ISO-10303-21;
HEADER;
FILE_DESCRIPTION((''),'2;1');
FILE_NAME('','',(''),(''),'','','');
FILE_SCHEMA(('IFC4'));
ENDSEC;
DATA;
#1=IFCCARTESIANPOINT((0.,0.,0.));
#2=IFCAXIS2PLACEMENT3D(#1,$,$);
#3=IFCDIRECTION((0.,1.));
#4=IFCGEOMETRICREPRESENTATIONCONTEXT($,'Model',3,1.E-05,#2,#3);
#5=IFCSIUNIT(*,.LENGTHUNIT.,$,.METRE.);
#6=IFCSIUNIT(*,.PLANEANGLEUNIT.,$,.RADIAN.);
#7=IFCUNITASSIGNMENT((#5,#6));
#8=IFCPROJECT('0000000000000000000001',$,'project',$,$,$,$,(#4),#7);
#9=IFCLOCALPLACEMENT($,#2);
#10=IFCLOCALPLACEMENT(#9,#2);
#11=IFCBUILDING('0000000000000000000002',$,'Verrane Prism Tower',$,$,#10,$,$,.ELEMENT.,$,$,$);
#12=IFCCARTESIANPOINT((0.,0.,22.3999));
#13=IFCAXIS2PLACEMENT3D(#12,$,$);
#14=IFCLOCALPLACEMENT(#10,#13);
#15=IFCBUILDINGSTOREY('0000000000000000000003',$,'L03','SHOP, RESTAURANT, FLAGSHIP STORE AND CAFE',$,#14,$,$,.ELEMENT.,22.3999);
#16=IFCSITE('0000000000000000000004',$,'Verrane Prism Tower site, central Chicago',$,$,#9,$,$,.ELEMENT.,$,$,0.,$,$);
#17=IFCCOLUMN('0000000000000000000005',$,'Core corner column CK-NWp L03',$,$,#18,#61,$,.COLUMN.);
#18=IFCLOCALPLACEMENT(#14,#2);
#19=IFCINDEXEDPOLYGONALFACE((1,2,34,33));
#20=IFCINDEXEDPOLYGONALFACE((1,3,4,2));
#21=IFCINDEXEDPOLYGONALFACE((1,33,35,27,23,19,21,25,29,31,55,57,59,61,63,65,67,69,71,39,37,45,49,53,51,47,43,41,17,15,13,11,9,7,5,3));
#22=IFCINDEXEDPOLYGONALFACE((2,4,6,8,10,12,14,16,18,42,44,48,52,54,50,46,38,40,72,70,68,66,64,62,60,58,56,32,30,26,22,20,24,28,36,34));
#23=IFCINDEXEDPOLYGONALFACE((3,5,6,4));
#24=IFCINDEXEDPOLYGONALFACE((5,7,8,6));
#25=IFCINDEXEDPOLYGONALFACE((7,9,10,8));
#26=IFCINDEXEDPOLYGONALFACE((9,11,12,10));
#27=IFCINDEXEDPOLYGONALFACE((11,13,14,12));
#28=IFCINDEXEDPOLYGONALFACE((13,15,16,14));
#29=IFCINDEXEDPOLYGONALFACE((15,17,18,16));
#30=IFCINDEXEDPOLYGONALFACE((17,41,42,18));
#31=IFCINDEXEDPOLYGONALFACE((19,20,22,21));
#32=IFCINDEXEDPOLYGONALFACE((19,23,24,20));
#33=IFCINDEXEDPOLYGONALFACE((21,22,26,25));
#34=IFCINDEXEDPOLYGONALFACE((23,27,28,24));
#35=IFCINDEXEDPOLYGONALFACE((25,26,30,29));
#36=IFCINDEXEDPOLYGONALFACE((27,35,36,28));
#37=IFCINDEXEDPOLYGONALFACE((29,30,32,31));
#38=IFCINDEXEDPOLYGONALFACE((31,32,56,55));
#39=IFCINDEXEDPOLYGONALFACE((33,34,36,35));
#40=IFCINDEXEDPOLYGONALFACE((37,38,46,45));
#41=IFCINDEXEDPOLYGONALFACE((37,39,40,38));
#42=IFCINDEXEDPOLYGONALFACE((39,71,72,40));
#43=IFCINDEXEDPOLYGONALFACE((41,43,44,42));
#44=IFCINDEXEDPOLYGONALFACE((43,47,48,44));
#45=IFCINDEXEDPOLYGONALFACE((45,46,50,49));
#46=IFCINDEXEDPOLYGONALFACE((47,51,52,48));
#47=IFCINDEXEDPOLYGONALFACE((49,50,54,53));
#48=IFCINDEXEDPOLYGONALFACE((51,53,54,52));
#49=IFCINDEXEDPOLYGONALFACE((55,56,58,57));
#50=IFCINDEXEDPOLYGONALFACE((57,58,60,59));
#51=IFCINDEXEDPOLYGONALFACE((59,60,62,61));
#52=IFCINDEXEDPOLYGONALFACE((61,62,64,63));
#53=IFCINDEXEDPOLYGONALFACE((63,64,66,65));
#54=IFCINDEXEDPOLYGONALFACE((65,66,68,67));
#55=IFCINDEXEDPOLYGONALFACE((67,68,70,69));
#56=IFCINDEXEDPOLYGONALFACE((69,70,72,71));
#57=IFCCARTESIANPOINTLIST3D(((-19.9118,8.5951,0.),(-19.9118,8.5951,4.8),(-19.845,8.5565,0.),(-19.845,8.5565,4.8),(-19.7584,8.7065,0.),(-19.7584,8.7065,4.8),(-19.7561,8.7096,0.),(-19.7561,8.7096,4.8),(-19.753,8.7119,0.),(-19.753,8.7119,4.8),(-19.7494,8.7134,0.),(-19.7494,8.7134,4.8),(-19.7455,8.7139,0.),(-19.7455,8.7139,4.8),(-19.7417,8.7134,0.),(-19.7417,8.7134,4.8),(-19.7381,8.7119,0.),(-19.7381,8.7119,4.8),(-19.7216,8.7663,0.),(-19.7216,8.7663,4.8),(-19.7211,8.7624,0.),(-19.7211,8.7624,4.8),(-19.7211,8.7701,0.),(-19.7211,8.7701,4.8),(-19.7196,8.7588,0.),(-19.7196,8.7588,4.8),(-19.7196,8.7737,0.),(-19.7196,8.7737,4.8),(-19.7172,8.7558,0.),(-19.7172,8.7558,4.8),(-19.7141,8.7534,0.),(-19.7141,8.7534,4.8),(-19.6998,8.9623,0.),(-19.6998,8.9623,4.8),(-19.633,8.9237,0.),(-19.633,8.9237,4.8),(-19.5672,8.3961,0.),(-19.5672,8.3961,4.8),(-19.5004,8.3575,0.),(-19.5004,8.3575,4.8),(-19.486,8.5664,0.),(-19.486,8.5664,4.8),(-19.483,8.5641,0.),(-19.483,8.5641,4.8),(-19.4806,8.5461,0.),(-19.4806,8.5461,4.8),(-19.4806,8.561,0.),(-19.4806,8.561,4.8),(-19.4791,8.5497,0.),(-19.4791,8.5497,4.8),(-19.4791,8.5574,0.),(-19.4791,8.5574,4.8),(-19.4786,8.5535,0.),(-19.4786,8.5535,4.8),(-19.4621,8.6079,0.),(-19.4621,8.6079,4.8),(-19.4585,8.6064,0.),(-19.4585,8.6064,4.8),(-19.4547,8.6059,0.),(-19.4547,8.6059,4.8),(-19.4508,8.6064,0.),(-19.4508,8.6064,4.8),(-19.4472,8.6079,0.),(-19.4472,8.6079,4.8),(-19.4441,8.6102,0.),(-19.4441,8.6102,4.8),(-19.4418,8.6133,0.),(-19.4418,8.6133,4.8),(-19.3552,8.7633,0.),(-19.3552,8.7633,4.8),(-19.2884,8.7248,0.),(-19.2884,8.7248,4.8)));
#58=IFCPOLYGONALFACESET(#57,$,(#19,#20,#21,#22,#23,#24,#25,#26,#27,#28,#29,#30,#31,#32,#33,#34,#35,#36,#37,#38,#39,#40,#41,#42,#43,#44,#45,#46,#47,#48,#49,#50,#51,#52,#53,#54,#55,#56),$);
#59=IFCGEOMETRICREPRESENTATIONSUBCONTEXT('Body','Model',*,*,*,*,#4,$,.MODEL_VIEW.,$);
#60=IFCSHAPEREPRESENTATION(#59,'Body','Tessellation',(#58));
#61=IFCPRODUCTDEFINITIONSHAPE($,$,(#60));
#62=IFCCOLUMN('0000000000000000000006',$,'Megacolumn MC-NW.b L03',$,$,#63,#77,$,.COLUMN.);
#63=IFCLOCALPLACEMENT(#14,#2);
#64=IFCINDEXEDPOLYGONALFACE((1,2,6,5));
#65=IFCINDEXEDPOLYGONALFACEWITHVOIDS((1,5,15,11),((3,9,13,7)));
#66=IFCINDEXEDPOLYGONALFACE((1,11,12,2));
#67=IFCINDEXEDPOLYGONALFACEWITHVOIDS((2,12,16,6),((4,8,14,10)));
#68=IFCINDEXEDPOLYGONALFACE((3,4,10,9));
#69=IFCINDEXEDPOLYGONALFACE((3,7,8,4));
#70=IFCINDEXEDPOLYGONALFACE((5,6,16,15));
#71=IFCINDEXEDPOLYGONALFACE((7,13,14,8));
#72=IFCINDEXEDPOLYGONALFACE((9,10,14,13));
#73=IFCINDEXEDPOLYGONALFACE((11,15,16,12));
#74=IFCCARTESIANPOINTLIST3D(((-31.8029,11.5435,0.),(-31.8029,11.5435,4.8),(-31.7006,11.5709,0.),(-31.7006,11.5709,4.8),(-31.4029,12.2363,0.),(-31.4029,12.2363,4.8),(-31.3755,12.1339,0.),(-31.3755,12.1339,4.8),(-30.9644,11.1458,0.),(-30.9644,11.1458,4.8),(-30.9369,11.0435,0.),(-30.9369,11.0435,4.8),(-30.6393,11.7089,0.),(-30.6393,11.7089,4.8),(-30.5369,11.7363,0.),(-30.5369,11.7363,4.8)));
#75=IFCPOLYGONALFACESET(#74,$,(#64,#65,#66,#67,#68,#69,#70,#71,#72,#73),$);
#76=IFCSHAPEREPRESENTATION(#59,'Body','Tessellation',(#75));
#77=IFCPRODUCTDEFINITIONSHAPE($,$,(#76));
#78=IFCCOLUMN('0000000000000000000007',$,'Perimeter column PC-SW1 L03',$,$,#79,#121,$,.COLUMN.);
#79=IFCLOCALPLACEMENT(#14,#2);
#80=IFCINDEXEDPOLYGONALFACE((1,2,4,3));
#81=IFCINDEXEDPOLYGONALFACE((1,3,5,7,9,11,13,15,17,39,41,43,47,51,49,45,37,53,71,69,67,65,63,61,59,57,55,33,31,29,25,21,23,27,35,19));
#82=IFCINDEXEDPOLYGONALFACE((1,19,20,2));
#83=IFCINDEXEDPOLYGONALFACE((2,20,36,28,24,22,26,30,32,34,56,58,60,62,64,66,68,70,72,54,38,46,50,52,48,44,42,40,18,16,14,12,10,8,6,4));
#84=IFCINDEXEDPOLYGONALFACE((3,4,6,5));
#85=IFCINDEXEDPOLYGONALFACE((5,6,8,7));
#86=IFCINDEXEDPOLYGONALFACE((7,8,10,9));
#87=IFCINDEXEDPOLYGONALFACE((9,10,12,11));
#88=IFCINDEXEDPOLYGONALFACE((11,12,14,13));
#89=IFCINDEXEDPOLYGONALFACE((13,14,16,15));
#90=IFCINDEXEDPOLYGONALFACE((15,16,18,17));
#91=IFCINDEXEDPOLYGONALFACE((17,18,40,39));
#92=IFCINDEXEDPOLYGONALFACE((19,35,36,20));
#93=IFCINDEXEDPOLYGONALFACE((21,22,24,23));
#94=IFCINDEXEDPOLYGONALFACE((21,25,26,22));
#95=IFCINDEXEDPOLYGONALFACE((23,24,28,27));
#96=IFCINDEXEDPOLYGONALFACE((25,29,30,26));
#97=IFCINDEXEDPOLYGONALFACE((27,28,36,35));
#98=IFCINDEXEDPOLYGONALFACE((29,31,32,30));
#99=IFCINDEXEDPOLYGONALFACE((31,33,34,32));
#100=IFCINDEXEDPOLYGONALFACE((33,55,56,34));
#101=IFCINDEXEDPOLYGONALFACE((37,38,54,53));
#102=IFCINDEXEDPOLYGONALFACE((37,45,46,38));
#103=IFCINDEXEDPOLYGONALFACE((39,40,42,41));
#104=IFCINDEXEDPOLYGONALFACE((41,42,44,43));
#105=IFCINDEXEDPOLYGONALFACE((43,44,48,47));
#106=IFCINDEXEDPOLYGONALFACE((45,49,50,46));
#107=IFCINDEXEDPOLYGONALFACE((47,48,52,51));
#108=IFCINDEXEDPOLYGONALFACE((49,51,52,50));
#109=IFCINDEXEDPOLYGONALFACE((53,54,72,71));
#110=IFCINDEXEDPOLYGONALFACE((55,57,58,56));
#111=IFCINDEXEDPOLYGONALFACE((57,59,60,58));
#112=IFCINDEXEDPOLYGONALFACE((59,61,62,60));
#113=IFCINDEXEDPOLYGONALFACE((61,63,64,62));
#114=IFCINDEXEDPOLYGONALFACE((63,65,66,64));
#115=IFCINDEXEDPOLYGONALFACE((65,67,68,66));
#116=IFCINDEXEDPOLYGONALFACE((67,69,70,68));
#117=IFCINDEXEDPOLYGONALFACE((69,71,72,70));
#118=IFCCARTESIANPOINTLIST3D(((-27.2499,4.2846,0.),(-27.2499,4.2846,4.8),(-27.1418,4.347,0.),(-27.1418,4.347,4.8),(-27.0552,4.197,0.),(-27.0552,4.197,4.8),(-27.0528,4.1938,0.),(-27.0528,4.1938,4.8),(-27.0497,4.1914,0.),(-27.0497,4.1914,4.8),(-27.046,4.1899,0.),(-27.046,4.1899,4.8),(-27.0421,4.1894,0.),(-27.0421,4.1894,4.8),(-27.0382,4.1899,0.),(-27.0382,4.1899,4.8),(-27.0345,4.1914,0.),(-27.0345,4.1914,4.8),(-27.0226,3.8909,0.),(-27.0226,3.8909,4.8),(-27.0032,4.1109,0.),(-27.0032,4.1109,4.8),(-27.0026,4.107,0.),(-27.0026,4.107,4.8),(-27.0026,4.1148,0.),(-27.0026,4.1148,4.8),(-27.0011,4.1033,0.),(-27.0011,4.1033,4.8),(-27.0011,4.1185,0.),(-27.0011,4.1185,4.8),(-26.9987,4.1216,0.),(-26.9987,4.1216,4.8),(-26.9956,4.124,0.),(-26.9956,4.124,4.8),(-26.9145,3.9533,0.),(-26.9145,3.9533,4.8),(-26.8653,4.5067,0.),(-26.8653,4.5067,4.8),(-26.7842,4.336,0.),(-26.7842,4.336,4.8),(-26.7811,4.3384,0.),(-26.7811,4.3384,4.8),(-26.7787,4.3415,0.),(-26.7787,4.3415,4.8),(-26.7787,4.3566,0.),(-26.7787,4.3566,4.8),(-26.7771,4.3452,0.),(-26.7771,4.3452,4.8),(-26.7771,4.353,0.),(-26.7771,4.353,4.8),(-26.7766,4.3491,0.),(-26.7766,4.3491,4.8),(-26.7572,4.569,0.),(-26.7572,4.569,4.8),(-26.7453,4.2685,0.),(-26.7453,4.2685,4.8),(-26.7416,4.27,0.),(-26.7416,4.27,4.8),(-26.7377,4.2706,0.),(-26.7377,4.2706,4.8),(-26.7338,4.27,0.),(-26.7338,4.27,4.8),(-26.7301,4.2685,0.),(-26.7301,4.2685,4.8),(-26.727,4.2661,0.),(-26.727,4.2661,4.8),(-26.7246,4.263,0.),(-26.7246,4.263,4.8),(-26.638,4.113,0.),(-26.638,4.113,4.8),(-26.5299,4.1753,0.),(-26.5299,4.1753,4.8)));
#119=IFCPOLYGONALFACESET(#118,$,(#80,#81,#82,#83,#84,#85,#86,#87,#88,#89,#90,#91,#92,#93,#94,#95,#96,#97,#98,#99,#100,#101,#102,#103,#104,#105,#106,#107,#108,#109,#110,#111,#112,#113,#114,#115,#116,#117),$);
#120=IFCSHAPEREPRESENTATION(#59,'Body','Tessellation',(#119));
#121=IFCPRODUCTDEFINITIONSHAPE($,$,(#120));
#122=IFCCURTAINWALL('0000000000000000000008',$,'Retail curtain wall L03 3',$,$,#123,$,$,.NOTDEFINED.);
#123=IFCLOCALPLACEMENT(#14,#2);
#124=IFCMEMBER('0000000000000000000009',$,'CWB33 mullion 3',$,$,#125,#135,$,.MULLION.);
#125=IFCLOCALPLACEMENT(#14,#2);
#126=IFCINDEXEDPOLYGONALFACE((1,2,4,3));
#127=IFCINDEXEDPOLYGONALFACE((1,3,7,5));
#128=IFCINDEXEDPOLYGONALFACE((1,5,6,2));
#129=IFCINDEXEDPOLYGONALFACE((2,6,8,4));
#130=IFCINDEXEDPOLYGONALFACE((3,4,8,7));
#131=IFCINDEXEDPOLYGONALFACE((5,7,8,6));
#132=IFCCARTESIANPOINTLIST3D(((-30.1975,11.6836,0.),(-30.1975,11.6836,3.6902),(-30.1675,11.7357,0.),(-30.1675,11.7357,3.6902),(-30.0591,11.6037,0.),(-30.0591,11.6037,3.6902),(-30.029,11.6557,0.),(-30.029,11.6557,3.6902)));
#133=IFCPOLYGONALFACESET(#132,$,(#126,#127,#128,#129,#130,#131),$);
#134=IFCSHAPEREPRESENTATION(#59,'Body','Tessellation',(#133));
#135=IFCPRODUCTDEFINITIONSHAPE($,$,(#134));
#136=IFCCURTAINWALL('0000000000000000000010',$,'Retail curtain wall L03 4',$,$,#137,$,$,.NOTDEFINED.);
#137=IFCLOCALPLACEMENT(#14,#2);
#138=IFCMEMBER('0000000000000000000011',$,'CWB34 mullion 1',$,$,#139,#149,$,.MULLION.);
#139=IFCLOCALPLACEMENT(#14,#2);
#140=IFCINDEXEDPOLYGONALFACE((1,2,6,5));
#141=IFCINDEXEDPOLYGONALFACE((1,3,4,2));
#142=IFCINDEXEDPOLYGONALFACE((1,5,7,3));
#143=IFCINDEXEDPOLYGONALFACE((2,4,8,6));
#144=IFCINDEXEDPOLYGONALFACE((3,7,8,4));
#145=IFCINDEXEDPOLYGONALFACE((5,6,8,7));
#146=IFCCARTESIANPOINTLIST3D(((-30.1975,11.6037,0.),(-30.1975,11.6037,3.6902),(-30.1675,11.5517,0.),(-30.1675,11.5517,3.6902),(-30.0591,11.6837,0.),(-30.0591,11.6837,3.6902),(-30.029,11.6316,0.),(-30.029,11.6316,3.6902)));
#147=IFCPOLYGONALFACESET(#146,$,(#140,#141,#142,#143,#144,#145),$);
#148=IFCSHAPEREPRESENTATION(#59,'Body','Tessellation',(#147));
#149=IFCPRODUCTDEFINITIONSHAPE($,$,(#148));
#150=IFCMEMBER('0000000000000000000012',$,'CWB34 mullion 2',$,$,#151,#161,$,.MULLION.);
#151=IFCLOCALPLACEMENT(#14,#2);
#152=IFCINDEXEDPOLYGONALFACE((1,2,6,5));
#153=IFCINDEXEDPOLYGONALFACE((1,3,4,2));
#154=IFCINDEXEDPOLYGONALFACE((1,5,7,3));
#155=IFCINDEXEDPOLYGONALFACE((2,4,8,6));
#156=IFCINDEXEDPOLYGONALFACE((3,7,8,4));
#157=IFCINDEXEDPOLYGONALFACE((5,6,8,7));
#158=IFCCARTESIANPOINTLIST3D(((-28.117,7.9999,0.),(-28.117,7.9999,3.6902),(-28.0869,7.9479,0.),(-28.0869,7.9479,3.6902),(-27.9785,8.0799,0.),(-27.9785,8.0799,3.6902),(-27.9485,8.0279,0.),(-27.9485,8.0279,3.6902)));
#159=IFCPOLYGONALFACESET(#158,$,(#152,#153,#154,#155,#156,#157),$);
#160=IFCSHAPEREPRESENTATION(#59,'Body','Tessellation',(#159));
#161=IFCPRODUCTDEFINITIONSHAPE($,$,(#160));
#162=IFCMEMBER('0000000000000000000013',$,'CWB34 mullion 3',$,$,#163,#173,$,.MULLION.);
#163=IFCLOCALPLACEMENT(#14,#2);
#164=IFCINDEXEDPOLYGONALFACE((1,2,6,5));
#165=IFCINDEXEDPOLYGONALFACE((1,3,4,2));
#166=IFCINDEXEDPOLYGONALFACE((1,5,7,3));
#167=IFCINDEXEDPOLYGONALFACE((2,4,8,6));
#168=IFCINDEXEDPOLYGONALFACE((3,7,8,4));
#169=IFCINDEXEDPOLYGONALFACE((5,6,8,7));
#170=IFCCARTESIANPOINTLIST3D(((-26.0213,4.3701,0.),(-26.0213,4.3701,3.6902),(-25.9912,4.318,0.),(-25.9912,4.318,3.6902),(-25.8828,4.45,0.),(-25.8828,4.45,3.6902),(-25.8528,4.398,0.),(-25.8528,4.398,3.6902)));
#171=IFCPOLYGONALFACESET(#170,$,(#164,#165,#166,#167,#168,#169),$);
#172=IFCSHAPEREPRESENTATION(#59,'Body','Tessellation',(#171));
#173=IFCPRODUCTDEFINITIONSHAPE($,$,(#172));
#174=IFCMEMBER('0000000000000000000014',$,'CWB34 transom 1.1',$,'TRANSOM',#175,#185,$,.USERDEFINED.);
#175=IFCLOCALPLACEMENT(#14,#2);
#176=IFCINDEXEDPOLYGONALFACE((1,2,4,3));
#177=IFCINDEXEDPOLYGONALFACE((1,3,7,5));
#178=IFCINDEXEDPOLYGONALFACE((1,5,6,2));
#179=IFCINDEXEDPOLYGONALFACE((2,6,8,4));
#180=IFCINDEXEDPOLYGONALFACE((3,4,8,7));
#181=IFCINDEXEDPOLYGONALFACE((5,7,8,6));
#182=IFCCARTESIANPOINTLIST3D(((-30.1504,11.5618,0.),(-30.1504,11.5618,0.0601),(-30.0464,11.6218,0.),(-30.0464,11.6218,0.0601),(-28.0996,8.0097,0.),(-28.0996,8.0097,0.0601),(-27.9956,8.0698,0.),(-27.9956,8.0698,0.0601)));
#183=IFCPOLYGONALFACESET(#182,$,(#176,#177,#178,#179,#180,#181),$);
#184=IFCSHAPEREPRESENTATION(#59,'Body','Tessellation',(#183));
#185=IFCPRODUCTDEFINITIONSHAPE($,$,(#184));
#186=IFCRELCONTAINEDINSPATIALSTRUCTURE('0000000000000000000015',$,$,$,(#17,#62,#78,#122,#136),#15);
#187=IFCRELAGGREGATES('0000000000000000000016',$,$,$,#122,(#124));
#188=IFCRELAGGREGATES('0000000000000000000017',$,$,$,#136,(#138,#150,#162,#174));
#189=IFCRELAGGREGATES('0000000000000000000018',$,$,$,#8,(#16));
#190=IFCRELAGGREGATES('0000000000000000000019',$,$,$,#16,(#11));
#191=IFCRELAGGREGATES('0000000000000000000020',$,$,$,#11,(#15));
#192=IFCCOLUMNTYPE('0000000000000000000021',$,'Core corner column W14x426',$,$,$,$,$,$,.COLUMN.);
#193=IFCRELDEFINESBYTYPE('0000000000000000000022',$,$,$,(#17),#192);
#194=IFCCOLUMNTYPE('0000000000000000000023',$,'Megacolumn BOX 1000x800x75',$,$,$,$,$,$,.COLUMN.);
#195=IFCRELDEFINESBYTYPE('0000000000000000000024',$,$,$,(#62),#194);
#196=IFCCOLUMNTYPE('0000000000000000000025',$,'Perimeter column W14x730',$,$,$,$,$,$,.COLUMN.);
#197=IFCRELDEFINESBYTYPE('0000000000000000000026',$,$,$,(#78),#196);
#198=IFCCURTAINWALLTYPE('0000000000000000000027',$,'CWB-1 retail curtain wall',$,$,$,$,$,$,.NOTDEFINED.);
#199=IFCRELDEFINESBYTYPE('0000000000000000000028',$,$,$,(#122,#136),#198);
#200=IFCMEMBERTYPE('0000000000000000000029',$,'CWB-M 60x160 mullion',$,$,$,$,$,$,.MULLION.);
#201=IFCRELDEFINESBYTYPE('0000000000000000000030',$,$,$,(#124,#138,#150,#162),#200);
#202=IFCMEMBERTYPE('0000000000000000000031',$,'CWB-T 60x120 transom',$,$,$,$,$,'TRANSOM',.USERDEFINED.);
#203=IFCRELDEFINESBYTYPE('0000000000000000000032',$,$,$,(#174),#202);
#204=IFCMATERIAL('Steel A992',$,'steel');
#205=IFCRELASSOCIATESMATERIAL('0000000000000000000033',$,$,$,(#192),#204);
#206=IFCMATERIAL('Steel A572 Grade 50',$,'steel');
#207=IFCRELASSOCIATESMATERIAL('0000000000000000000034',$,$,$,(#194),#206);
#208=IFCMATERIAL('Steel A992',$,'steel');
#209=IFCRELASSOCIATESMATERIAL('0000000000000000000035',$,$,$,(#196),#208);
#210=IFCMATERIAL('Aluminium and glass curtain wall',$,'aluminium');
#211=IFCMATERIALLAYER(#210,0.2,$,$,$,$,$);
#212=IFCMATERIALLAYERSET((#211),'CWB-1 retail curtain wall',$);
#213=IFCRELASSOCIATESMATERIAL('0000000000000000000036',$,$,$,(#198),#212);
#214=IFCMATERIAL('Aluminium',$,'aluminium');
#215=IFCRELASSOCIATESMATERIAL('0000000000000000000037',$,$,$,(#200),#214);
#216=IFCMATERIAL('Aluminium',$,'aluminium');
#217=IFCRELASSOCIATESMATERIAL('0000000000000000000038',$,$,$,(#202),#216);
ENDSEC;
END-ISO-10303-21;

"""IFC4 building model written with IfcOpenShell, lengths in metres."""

from ifc_helpers import new_model, si_unit, direction, frame, origin, origin_2d, place, context, subcontext, project, spatial, rectangle, hollow_rectangle, i_section, extrude, material, layer, layer_set, material_profile, profile_set, type_object, element, aggregate, save


model = new_model("IFC4")

# Units and contexts
model_context = context("Model", 3, precision=1e-05, world=origin(), true_north=direction((0.0, 1.0)))
body_context = subcontext(model_context, "Body", "Model", "MODEL_VIEW")
ifc_project = project(units=[si_unit("LENGTHUNIT", "METRE"), si_unit("PLANEANGLEUNIT", "RADIAN")], contexts=[model_context])

# Site, building, storey
site_placement = place(None, origin())
site = spatial("IfcSite", under=ifc_project, at=site_placement, Name="Verrane Prism Tower site, central Chicago", CompositionType="ELEMENT", RefElevation=0.0)
building_placement = place(site_placement, origin())
building = spatial("IfcBuilding", under=site, at=building_placement, Name="Verrane Prism Tower", CompositionType="ELEMENT")
storey_placement = place(building_placement, frame((0.0, 0.0, 22.3999)))
storey = spatial("IfcBuildingStorey", under=building, at=storey_placement, Name="L03", Description="SHOP, RESTAURANT, FLAGSHIP STORE AND CAFE", CompositionType="ELEMENT", Elevation=22.3999)

# Columns
ifc_material_1 = material(Name="Steel A992", Category="steel")
ifc_material_profile_1 = material_profile(ifc_material_1, i_section(OverallWidth=0.4241, OverallDepth=0.4751, WebThickness=0.0479, FlangeThickness=0.0771, FilletRadius=0.0149, at=origin_2d()), Name="W14x426")
ifc_profile_set_1 = profile_set([ifc_material_profile_1], Name="Steel A992")
column_type_1 = type_object("IfcColumnType", Name="Core corner column W14x426", PredefinedType="COLUMN", material=ifc_profile_set_1)
column_1_placement = place(storey_placement, frame((-19.6001, 8.6599, 0.0), z_axis=(0.0, 0.0, 1.0), x_axis=(0.5, 0.866025, 0.0)))
element("IfcColumn", 1, at=column_1_placement, inside=storey, type_object=column_type_1, Name="Core corner column CK-NWp L03", PredefinedType="COLUMN", context=body_context, shape_type="SweptSolid", body=[
    extrude(i_section(OverallWidth=0.4241, OverallDepth=0.4751, WebThickness=0.0479, FlangeThickness=0.0771, FilletRadius=0.0149, at=origin_2d()), origin(), (0.0, 0.0, 1.0), 4.8),
])
ifc_material_2 = material(Name="Steel A572 Grade 50", Category="steel")
ifc_material_profile_2 = material_profile(ifc_material_2, hollow_rectangle(XDim=0.8, YDim=1.0, WallThickness=0.075, at=origin_2d()), Name="BOX 1000x800x75")
ifc_profile_set_2 = profile_set([ifc_material_profile_2], Name="Steel A572 Grade 50")
column_type_2 = type_object("IfcColumnType", Name="Megacolumn BOX 1000x800x75", PredefinedType="COLUMN", material=ifc_profile_set_2)
column_2_placement = place(storey_placement, frame((-31.1699, 11.6399, 0.0), z_axis=(0.0, 0.0, 1.0), x_axis=(0.5, 0.866025, 0.0)))
element("IfcColumn", 2, at=column_2_placement, inside=storey, type_object=column_type_2, Name="Megacolumn MC-NW.b L03", PredefinedType="COLUMN", context=body_context, shape_type="SweptSolid", body=[
    extrude(hollow_rectangle(XDim=0.8, YDim=1.0, WallThickness=0.075, at=origin_2d()), origin(), (0.0, 0.0, 1.0), 4.8),
])
ifc_material_3 = material(Name="Steel A992", Category="steel")
ifc_material_profile_3 = material_profile(ifc_material_3, i_section(OverallWidth=0.4546, OverallDepth=0.5688, WebThickness=0.0779, FlangeThickness=0.1248, FilletRadius=0.0151, at=origin_2d()), Name="W14x730")
ifc_profile_set_3 = profile_set([ifc_material_profile_3], Name="Steel A992")
column_type_3 = type_object("IfcColumnType", Name="Perimeter column W14x730", PredefinedType="COLUMN", material=ifc_profile_set_3)
column_3_placement = place(storey_placement, frame((-26.8899, 4.23, 0.0), z_axis=(0.0, 0.0, 1.0), x_axis=(-0.5, 0.866025, 0.0)))
element("IfcColumn", 3, at=column_3_placement, inside=storey, type_object=column_type_3, Name="Perimeter column PC-SW1 L03", PredefinedType="COLUMN", context=body_context, shape_type="SweptSolid", body=[
    extrude(i_section(OverallWidth=0.4546, OverallDepth=0.5688, WebThickness=0.0779, FlangeThickness=0.1248, FilletRadius=0.0151, at=origin_2d()), origin(), (0.0, 0.0, 1.0), 4.8),
])

# Curtain wall, member
ifc_material_4 = material(Name="Aluminium and glass curtain wall", Category="aluminium")
ifc_layer_1 = layer(ifc_material_4, 0.2)
ifc_layer_set_1 = layer_set([ifc_layer_1], Name="CWB-1 retail curtain wall")
curtain_wall_type = type_object("IfcCurtainWallType", Name="CWB-1 retail curtain wall", PredefinedType="NOTDEFINED", material=ifc_layer_set_1)
curtain_wall_1_placement = place(storey_placement, origin())
curtain_wall_1 = element("IfcCurtainWall", 4, at=curtain_wall_1_placement, inside=storey, type_object=curtain_wall_type, Name="Retail curtain wall L03 3", PredefinedType="NOTDEFINED")
ifc_material_5 = material(Name="Aluminium", Category="aluminium")
ifc_material_profile_4 = material_profile(ifc_material_5, rectangle(XDim=0.1599, YDim=0.0601, at=origin_2d()), Name="CWB-M 60x160 mullion")
ifc_profile_set_4 = profile_set([ifc_material_profile_4], Name="Aluminium")
member_type_1 = type_object("IfcMemberType", Name="CWB-M 60x160 mullion", PredefinedType="MULLION", material=ifc_profile_set_4)
member_1_placement = place(storey_placement, frame((-30.1133, 11.6697, 0.0), z_axis=(0.0, 0.0, 1.0), x_axis=(0.866026, -0.499999, 0.0)))
member_1 = element("IfcMember", 5, at=member_1_placement, type_object=member_type_1, Name="CWB33 mullion 3", PredefinedType="MULLION", context=body_context, shape_type="SweptSolid", body=[
    extrude(rectangle(XDim=0.1599, YDim=0.0601, at=origin_2d()), origin(), (0.0, 0.0, 1.0), 3.6902),
])
aggregate(curtain_wall_1, [member_1])

# Curtain wall, members
curtain_wall_2_placement = place(storey_placement, origin())
curtain_wall_2 = element("IfcCurtainWall", 6, at=curtain_wall_2_placement, inside=storey, type_object=curtain_wall_type, Name="Retail curtain wall L03 4", PredefinedType="NOTDEFINED")
member_2_placement = place(storey_placement, frame((-30.1133, 11.6177, 0.0), z_axis=(0.0, 0.0, 1.0), x_axis=(0.866025, 0.5, 0.0)))
member_2 = element("IfcMember", 7, at=member_2_placement, type_object=member_type_1, Name="CWB34 mullion 1", PredefinedType="MULLION", context=body_context, shape_type="SweptSolid", body=[
    extrude(rectangle(XDim=0.1599, YDim=0.0601, at=origin_2d()), origin(), (0.0, 0.0, 1.0), 3.6902),
])
member_3_placement = place(storey_placement, frame((-28.0327, 8.0139, 0.0), z_axis=(0.0, 0.0, 1.0), x_axis=(0.866025, 0.5, 0.0)))
member_3 = element("IfcMember", 8, at=member_3_placement, type_object=member_type_1, Name="CWB34 mullion 2", PredefinedType="MULLION", context=body_context, shape_type="SweptSolid", body=[
    extrude(rectangle(XDim=0.1599, YDim=0.0601, at=origin_2d()), origin(), (0.0, 0.0, 1.0), 3.6902),
])
member_4_placement = place(storey_placement, frame((-25.937, 4.384, 0.0), z_axis=(0.0, 0.0, 1.0), x_axis=(0.866025, 0.5, 0.0)))
member_4 = element("IfcMember", 9, at=member_4_placement, type_object=member_type_1, Name="CWB34 mullion 3", PredefinedType="MULLION", context=body_context, shape_type="SweptSolid", body=[
    extrude(rectangle(XDim=0.1599, YDim=0.0601, at=origin_2d()), origin(), (0.0, 0.0, 1.0), 3.6902),
])
ifc_material_6 = material(Name="Aluminium", Category="aluminium")
ifc_material_profile_5 = material_profile(ifc_material_6, rectangle(XDim=0.1201, YDim=0.0601, at=origin_2d()), Name="CWB-T 60x120 transom")
ifc_profile_set_5 = profile_set([ifc_material_profile_5], Name="Aluminium")
member_type_2 = type_object("IfcMemberType", Name="CWB-T 60x120 transom", ElementType="TRANSOM", PredefinedType="USERDEFINED", material=ifc_profile_set_5)
member_5_placement = place(storey_placement, frame((-30.0984, 11.5918, 0.03), z_axis=(0.500006, -0.866022, 0.0), x_axis=(0.866022, 0.500006, 0.0)))
member_5 = element("IfcMember", 10, at=member_5_placement, type_object=member_type_2, Name="CWB34 transom 1.1", ObjectType="TRANSOM", PredefinedType="USERDEFINED", context=body_context, shape_type="SweptSolid", body=[
    extrude(rectangle(XDim=0.1201, YDim=0.0601, at=origin_2d()), origin(), (0.0, 0.0, 1.0), 4.1016),
])

aggregate(curtain_wall_2, [member_2, member_3, member_4, member_5])

save(model, "model.ifc")
